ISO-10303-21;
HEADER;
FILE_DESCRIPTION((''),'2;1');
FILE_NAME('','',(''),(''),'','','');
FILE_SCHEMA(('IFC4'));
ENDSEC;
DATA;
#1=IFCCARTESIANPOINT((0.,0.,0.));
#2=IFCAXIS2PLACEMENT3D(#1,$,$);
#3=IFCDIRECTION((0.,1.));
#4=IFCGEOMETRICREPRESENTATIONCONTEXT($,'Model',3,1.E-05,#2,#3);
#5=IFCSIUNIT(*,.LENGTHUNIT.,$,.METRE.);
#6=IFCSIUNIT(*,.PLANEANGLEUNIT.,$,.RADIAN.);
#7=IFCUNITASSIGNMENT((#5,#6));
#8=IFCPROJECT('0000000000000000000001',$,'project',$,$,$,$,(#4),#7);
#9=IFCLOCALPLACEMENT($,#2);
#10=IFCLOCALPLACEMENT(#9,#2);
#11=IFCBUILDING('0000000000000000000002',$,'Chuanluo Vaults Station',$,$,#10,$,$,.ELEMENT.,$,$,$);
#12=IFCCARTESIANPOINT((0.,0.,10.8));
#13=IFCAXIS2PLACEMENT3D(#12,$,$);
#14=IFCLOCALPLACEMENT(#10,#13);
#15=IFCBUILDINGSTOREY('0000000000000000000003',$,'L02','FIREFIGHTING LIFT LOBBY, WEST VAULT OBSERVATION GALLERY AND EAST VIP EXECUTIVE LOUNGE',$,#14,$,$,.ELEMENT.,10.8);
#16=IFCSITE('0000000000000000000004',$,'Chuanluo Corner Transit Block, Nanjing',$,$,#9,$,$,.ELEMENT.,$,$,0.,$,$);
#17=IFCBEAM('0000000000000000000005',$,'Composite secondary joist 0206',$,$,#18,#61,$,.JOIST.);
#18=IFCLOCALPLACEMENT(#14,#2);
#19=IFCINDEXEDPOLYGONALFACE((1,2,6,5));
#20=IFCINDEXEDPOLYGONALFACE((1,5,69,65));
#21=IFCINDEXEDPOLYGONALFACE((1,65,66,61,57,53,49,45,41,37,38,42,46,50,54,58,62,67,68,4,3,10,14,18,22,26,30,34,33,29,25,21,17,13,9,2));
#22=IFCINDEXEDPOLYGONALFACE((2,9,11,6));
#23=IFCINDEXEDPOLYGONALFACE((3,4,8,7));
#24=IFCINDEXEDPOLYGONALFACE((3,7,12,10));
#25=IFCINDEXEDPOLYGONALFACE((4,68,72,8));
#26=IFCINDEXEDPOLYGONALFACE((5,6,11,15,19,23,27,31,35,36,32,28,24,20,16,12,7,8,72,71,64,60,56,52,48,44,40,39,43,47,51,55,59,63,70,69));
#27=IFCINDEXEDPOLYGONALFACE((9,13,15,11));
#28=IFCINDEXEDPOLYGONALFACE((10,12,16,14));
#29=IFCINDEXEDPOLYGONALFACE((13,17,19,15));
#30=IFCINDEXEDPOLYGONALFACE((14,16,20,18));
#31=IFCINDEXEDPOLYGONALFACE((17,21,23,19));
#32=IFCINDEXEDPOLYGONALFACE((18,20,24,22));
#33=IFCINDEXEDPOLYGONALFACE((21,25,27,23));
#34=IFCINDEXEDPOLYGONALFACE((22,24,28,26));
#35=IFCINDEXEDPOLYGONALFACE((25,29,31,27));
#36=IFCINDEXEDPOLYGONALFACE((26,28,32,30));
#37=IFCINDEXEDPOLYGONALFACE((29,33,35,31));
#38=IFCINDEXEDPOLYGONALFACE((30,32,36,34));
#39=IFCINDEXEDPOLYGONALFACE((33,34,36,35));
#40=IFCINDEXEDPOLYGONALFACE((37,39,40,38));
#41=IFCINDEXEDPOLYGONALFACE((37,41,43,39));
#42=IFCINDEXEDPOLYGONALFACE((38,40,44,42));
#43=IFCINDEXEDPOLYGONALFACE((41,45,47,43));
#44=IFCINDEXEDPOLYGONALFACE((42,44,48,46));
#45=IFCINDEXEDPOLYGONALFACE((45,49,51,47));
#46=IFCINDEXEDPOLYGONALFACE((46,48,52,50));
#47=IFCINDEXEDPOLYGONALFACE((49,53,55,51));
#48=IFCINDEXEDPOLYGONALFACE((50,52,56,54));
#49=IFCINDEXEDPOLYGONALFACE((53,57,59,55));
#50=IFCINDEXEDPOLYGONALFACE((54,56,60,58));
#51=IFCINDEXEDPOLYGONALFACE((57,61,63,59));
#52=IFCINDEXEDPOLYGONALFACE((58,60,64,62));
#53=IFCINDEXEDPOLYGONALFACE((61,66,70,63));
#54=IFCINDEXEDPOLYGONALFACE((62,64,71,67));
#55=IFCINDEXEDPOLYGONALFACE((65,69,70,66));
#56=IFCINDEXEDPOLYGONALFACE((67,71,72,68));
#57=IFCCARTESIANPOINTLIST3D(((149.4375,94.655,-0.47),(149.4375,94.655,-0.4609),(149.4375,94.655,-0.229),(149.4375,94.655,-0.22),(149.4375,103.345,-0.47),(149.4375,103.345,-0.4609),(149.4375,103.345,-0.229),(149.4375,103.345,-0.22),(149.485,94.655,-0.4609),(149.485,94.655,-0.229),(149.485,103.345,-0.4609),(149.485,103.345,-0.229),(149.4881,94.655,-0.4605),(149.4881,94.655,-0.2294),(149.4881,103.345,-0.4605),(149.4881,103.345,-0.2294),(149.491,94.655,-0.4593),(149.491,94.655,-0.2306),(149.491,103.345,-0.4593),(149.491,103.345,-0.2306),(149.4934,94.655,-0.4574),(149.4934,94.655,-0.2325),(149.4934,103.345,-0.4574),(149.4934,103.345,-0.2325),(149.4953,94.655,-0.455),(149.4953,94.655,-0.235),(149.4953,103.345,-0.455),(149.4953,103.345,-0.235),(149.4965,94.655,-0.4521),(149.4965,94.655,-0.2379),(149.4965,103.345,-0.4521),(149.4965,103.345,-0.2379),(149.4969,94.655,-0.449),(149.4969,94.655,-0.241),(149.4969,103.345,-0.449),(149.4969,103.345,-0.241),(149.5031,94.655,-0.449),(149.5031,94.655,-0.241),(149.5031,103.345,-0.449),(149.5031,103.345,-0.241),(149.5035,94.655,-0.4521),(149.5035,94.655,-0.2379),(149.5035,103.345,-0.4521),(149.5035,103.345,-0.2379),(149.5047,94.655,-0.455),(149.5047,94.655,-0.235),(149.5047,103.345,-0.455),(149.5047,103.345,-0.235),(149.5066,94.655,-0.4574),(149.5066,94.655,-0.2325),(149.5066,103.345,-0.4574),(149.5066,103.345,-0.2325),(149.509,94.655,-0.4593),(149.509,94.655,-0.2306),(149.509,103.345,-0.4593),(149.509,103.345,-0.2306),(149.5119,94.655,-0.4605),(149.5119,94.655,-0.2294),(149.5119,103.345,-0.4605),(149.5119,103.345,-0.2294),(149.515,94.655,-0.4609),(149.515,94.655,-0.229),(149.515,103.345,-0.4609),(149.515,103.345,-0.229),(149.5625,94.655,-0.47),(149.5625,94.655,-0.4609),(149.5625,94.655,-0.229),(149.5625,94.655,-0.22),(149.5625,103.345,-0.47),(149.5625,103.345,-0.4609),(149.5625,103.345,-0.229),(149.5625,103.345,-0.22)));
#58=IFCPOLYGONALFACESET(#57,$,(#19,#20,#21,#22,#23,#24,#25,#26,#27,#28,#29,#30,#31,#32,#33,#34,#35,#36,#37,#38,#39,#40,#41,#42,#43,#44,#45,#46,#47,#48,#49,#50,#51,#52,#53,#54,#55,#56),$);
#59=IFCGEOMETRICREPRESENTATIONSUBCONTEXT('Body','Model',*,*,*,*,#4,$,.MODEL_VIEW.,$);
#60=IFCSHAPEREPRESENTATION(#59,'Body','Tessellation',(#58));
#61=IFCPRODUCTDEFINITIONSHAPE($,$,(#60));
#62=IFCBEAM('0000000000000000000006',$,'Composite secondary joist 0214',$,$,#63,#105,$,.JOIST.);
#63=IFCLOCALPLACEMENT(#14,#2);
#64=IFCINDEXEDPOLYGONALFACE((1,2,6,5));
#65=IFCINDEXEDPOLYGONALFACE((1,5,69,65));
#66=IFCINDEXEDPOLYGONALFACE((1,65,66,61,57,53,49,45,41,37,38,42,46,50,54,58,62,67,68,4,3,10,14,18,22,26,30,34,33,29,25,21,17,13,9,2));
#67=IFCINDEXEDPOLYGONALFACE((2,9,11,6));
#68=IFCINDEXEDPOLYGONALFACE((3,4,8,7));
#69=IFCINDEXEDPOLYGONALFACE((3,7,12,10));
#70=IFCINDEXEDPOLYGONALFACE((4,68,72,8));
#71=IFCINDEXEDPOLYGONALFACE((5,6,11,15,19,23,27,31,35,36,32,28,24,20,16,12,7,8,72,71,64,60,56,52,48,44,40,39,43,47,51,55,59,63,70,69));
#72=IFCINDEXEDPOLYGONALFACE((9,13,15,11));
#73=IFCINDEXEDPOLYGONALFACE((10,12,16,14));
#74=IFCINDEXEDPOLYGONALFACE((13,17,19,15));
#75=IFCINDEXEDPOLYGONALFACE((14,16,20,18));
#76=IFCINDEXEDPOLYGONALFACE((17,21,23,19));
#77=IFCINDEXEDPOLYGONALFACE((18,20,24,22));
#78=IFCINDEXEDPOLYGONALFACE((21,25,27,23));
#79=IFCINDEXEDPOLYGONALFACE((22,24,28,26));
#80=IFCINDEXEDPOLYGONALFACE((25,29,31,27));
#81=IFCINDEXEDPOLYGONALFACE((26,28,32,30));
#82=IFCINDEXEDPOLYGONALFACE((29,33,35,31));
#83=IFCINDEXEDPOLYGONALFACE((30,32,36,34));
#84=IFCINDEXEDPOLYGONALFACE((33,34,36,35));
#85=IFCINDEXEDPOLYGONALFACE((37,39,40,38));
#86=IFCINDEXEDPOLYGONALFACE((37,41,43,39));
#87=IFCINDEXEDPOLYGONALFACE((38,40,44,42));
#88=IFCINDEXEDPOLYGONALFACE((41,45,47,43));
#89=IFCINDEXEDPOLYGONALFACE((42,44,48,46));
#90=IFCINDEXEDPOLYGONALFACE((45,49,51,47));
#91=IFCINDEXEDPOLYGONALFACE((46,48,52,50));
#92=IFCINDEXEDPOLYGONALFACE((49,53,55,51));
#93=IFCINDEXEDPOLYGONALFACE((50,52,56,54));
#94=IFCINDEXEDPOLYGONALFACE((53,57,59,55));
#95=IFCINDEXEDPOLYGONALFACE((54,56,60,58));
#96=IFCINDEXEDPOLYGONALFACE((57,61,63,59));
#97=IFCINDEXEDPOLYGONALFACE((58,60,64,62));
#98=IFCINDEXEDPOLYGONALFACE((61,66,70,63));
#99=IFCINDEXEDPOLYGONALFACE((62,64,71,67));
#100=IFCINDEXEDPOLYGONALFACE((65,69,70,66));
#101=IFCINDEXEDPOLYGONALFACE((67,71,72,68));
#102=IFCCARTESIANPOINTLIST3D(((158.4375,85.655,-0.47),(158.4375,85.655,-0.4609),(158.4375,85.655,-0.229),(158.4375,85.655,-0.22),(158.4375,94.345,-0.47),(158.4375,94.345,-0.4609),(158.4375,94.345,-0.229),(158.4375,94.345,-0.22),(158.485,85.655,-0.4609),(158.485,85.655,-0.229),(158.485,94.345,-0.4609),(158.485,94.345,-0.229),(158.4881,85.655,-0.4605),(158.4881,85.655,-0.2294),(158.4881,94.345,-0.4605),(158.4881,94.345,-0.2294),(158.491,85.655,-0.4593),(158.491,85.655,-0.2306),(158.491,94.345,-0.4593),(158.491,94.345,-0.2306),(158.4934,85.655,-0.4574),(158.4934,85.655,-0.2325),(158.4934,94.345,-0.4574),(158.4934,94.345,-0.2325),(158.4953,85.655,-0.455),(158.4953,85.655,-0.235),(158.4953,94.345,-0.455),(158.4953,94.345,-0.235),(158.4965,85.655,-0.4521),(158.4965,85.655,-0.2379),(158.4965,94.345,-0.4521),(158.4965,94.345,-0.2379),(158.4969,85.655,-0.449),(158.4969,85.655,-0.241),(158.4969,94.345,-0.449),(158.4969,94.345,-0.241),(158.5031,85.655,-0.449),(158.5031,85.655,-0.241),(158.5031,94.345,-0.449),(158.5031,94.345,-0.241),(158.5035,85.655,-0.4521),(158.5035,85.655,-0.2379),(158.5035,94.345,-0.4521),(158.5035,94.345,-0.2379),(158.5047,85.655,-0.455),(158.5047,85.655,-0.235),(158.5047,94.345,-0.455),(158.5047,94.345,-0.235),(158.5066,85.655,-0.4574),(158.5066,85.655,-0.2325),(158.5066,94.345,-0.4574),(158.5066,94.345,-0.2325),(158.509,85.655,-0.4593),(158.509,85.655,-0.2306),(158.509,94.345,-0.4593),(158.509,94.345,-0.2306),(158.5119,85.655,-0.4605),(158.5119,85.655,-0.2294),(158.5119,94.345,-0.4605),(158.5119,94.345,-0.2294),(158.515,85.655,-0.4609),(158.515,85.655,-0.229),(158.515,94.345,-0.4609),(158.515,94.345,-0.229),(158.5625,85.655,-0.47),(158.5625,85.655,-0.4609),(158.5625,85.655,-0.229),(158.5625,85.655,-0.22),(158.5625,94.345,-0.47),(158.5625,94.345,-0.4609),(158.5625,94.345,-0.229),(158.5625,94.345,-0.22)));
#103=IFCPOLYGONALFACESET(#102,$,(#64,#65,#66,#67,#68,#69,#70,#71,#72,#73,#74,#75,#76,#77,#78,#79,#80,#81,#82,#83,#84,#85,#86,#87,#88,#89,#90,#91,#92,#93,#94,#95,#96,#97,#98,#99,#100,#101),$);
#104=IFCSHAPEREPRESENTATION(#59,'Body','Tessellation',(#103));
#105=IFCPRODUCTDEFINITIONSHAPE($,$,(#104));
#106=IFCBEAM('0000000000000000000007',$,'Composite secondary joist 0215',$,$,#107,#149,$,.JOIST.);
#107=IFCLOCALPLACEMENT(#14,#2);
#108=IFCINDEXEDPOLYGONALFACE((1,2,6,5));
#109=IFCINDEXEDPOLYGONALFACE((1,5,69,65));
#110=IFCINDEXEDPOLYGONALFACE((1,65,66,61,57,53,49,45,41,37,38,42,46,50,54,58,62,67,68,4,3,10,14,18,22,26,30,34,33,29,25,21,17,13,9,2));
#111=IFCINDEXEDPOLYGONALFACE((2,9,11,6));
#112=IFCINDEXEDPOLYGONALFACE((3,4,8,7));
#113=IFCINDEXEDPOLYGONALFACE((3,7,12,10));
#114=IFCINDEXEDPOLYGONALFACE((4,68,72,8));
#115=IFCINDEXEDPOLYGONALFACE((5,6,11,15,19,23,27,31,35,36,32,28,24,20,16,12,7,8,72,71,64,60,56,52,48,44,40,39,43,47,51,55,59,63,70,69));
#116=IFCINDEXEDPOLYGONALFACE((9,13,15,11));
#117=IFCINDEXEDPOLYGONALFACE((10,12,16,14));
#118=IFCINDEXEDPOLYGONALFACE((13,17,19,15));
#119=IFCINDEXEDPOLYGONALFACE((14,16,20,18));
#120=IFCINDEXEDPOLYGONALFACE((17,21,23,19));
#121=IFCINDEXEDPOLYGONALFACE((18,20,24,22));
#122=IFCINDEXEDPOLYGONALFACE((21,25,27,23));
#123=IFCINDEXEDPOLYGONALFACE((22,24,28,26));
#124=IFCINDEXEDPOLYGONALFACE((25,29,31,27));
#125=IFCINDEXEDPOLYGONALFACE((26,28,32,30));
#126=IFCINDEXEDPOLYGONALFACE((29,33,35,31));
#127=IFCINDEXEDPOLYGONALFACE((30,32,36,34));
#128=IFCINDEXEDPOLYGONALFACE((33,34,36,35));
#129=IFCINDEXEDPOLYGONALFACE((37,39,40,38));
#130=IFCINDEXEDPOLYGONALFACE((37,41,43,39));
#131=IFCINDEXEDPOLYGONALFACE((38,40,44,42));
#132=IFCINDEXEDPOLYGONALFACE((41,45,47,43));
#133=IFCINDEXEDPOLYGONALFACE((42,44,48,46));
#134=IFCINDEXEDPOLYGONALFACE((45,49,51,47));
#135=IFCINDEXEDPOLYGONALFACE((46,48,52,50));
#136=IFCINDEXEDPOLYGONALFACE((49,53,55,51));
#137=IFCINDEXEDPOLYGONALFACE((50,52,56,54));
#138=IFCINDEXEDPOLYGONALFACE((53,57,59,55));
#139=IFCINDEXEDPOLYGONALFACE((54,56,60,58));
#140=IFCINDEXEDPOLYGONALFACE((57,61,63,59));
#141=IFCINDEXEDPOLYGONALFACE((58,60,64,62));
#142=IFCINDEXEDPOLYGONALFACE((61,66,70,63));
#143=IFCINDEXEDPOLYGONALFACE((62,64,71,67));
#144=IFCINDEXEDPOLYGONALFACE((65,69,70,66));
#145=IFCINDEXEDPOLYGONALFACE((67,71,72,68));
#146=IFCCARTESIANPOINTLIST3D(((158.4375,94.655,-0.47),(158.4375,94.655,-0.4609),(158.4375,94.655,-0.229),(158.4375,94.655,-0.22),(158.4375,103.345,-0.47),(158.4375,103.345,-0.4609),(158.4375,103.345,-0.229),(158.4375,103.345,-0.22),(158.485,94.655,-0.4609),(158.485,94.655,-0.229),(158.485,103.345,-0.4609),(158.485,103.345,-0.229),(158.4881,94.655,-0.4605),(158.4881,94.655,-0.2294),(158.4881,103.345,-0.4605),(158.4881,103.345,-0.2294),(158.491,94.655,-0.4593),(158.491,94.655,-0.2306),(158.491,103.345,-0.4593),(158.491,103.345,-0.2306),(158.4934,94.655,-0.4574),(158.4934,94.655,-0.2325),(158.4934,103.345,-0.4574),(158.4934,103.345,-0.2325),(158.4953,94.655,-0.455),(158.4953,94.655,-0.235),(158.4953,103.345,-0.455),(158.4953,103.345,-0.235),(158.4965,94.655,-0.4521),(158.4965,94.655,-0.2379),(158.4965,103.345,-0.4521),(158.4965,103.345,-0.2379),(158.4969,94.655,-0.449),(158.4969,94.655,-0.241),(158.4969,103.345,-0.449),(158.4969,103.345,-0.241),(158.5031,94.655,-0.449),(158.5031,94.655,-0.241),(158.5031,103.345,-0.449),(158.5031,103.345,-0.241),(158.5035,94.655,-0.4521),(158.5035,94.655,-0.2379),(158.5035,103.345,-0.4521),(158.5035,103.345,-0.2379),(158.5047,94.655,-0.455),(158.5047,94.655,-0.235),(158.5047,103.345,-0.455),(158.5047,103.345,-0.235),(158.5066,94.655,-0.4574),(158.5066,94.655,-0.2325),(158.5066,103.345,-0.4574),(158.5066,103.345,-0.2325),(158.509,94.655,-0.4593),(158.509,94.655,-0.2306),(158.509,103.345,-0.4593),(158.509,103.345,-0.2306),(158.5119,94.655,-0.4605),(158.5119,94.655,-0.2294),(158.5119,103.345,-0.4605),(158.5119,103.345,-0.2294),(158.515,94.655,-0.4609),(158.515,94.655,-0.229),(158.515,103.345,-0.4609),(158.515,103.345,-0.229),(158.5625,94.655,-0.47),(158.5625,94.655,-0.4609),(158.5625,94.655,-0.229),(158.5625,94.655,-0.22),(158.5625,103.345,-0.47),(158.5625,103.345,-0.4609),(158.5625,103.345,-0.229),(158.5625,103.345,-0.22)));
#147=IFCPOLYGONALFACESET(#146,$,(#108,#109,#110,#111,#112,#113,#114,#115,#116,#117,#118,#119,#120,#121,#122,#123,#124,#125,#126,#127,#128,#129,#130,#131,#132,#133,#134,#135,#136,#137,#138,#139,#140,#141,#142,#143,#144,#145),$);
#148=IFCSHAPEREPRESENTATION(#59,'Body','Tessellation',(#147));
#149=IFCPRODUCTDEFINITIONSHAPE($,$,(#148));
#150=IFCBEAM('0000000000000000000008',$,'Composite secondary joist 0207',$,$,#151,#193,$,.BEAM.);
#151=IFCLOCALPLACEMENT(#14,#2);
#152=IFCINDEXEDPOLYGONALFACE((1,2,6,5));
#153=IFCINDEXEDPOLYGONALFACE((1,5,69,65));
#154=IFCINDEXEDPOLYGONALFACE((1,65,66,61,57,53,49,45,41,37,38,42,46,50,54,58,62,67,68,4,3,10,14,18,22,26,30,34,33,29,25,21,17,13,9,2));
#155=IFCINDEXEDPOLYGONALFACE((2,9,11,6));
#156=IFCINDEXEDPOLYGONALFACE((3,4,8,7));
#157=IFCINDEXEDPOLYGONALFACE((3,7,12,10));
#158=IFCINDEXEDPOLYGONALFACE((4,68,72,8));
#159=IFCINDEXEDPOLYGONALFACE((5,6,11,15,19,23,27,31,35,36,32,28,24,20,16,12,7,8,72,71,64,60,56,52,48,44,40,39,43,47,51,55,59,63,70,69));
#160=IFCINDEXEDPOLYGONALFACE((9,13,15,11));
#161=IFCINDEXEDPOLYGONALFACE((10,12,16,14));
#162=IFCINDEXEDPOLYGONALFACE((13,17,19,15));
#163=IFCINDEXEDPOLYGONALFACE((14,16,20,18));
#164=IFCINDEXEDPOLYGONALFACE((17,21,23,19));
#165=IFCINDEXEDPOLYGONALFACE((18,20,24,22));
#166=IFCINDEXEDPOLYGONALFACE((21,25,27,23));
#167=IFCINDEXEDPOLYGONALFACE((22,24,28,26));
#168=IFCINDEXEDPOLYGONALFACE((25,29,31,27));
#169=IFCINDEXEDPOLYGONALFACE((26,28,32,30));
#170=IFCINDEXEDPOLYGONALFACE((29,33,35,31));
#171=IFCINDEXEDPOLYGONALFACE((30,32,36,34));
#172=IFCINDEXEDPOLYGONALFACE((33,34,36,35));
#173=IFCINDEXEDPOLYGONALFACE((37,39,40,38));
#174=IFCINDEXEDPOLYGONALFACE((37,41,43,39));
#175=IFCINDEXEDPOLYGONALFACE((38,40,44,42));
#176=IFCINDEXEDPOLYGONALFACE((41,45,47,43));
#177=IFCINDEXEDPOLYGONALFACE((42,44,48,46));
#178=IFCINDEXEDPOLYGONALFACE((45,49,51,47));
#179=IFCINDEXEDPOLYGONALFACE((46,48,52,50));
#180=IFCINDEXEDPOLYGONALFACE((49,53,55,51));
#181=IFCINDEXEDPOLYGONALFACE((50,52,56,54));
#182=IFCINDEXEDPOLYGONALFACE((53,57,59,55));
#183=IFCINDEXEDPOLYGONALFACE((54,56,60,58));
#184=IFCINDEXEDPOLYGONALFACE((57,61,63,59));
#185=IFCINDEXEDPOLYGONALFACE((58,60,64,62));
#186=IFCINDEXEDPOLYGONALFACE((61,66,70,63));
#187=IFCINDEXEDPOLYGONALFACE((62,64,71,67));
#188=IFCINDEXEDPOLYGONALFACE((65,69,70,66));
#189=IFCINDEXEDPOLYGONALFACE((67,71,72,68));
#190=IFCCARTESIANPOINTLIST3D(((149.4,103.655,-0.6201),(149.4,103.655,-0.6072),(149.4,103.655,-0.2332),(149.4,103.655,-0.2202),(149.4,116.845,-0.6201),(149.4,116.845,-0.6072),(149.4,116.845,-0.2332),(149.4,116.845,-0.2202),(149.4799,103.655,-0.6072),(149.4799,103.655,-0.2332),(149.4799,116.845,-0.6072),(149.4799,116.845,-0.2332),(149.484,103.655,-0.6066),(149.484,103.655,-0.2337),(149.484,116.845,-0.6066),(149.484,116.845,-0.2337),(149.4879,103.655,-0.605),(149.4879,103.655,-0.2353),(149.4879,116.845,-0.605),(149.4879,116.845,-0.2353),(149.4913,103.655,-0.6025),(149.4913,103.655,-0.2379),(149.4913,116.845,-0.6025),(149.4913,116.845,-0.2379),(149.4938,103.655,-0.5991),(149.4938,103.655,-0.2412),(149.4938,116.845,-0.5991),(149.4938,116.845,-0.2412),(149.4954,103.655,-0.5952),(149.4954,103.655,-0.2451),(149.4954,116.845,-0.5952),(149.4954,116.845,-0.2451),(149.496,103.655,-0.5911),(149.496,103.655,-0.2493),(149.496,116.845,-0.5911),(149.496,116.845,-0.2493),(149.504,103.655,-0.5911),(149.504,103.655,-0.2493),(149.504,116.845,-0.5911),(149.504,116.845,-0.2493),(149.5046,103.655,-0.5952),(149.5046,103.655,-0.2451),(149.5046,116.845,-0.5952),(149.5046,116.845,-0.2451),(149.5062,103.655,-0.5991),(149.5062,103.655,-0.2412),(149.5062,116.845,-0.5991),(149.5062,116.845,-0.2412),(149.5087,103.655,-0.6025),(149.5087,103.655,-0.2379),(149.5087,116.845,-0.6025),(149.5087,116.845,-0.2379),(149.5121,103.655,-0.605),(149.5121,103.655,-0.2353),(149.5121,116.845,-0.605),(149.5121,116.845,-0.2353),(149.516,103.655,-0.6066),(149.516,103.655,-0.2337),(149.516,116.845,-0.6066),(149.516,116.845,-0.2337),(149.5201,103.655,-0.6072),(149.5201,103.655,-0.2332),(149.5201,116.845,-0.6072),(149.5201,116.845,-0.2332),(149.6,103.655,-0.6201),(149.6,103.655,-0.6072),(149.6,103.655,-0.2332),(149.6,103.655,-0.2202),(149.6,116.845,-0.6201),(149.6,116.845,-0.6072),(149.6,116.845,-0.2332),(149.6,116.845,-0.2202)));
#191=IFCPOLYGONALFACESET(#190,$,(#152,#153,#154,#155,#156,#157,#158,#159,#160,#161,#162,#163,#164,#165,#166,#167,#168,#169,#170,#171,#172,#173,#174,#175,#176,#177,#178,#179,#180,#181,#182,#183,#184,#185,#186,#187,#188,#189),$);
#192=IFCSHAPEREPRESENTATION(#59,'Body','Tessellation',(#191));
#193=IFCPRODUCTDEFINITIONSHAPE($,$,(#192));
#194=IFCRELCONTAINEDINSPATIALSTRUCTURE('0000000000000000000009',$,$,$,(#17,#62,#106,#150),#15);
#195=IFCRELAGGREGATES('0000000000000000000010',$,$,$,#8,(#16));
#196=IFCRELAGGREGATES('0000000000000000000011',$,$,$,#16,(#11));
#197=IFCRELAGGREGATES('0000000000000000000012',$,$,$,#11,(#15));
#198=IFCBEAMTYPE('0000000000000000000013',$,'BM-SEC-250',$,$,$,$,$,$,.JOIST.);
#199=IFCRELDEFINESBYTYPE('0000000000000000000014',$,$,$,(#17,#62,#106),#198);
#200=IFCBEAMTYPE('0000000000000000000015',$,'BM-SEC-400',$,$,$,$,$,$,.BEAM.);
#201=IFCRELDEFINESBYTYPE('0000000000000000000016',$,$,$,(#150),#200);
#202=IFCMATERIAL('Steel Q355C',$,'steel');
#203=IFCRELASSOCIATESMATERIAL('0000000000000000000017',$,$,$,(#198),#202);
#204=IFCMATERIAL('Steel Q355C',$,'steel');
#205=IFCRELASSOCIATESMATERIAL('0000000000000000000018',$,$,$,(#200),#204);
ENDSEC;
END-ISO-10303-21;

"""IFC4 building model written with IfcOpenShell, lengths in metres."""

from ifc_helpers import new_model, si_unit, direction, frame, origin, origin_2d, place, context, subcontext, project, spatial, i_section, extrude, material, material_profile, profile_set, type_object, element, save


model = new_model("IFC4")

# Units and contexts
model_context = context("Model", 3, precision=1e-05, world=origin(), true_north=direction((0.0, 1.0)))
body_context = subcontext(model_context, "Body", "Model", "MODEL_VIEW")
ifc_project = project(units=[si_unit("LENGTHUNIT", "METRE"), si_unit("PLANEANGLEUNIT", "RADIAN")], contexts=[model_context])

# Site, building, storey
site_placement = place(None, origin())
site = spatial("IfcSite", under=ifc_project, at=site_placement, Name="Chuanluo Corner Transit Block, Nanjing", CompositionType="ELEMENT", RefElevation=0.0)
building_placement = place(site_placement, origin())
building = spatial("IfcBuilding", under=site, at=building_placement, Name="Chuanluo Vaults Station", CompositionType="ELEMENT")
storey_placement = place(building_placement, frame((0.0, 0.0, 10.8)))
storey = spatial("IfcBuildingStorey", under=building, at=storey_placement, Name="L02", Description="FIREFIGHTING LIFT LOBBY, WEST VAULT OBSERVATION GALLERY AND EAST VIP EXECUTIVE LOUNGE", CompositionType="ELEMENT", Elevation=10.8)

# Beams
ifc_material_1 = material(Name="Steel Q355C", Category="steel")
ifc_material_profile_1 = material_profile(ifc_material_1, i_section(OverallWidth=0.125, OverallDepth=0.25, WebThickness=0.0061, FlangeThickness=0.009, FilletRadius=0.012, at=origin_2d()))
ifc_profile_set_1 = profile_set([ifc_material_profile_1], Name="Steel Q355C")
beam_type_1 = type_object("IfcBeamType", Name="BM-SEC-250", PredefinedType="JOIST", material=ifc_profile_set_1)
for number, where, z_axis, x_axis, name in (
    (1, (149.5, 94.655, -0.345), (0.0, 1.0, 0.0), (-1.0, 0.0, 0.0), "Composite secondary joist 0206"),
    (2, (158.5, 85.655, -0.345), (0.0, 1.0, 0.0), (-1.0, 0.0, 0.0), "Composite secondary joist 0214"),
    (3, (158.5, 94.655, -0.345), (0.0, 1.0, 0.0), (-1.0, 0.0, 0.0), "Composite secondary joist 0215"),
):
    element("IfcBeam", number, at=place(storey_placement, frame(where, z_axis=z_axis, x_axis=x_axis)), inside=storey, type_object=beam_type_1, Name=name, PredefinedType="JOIST", context=body_context, shape_type="SweptSolid", body=[
        extrude(i_section(OverallWidth=0.125, OverallDepth=0.25, WebThickness=0.0061, FlangeThickness=0.009, FilletRadius=0.012, at=origin_2d()), origin(), (0.0, 0.0, 1.0), 8.6899),
    ])
ifc_material_2 = material(Name="Steel Q355C", Category="steel")
ifc_material_profile_2 = material_profile(ifc_material_2, i_section(OverallWidth=0.2, OverallDepth=0.3999, WebThickness=0.0081, FlangeThickness=0.0129, FilletRadius=0.0161, at=origin_2d()))
ifc_profile_set_2 = profile_set([ifc_material_profile_2], Name="Steel Q355C")
beam_type_2 = type_object("IfcBeamType", Name="BM-SEC-400", PredefinedType="BEAM", material=ifc_profile_set_2)
beam_placement = place(storey_placement, frame((149.5, 103.655, -0.4202), z_axis=(0.0, 1.0, 0.0), x_axis=(-1.0, 0.0, 0.0)))
element("IfcBeam", 4, at=beam_placement, inside=storey, type_object=beam_type_2, Name="Composite secondary joist 0207", PredefinedType="BEAM", context=body_context, shape_type="SweptSolid", body=[
    extrude(i_section(OverallWidth=0.2, OverallDepth=0.3999, WebThickness=0.0081, FlangeThickness=0.0129, FilletRadius=0.0161, at=origin_2d()), origin(), (0.0, 0.0, 1.0), 13.1899),
])

save(model, "model.ifc")
